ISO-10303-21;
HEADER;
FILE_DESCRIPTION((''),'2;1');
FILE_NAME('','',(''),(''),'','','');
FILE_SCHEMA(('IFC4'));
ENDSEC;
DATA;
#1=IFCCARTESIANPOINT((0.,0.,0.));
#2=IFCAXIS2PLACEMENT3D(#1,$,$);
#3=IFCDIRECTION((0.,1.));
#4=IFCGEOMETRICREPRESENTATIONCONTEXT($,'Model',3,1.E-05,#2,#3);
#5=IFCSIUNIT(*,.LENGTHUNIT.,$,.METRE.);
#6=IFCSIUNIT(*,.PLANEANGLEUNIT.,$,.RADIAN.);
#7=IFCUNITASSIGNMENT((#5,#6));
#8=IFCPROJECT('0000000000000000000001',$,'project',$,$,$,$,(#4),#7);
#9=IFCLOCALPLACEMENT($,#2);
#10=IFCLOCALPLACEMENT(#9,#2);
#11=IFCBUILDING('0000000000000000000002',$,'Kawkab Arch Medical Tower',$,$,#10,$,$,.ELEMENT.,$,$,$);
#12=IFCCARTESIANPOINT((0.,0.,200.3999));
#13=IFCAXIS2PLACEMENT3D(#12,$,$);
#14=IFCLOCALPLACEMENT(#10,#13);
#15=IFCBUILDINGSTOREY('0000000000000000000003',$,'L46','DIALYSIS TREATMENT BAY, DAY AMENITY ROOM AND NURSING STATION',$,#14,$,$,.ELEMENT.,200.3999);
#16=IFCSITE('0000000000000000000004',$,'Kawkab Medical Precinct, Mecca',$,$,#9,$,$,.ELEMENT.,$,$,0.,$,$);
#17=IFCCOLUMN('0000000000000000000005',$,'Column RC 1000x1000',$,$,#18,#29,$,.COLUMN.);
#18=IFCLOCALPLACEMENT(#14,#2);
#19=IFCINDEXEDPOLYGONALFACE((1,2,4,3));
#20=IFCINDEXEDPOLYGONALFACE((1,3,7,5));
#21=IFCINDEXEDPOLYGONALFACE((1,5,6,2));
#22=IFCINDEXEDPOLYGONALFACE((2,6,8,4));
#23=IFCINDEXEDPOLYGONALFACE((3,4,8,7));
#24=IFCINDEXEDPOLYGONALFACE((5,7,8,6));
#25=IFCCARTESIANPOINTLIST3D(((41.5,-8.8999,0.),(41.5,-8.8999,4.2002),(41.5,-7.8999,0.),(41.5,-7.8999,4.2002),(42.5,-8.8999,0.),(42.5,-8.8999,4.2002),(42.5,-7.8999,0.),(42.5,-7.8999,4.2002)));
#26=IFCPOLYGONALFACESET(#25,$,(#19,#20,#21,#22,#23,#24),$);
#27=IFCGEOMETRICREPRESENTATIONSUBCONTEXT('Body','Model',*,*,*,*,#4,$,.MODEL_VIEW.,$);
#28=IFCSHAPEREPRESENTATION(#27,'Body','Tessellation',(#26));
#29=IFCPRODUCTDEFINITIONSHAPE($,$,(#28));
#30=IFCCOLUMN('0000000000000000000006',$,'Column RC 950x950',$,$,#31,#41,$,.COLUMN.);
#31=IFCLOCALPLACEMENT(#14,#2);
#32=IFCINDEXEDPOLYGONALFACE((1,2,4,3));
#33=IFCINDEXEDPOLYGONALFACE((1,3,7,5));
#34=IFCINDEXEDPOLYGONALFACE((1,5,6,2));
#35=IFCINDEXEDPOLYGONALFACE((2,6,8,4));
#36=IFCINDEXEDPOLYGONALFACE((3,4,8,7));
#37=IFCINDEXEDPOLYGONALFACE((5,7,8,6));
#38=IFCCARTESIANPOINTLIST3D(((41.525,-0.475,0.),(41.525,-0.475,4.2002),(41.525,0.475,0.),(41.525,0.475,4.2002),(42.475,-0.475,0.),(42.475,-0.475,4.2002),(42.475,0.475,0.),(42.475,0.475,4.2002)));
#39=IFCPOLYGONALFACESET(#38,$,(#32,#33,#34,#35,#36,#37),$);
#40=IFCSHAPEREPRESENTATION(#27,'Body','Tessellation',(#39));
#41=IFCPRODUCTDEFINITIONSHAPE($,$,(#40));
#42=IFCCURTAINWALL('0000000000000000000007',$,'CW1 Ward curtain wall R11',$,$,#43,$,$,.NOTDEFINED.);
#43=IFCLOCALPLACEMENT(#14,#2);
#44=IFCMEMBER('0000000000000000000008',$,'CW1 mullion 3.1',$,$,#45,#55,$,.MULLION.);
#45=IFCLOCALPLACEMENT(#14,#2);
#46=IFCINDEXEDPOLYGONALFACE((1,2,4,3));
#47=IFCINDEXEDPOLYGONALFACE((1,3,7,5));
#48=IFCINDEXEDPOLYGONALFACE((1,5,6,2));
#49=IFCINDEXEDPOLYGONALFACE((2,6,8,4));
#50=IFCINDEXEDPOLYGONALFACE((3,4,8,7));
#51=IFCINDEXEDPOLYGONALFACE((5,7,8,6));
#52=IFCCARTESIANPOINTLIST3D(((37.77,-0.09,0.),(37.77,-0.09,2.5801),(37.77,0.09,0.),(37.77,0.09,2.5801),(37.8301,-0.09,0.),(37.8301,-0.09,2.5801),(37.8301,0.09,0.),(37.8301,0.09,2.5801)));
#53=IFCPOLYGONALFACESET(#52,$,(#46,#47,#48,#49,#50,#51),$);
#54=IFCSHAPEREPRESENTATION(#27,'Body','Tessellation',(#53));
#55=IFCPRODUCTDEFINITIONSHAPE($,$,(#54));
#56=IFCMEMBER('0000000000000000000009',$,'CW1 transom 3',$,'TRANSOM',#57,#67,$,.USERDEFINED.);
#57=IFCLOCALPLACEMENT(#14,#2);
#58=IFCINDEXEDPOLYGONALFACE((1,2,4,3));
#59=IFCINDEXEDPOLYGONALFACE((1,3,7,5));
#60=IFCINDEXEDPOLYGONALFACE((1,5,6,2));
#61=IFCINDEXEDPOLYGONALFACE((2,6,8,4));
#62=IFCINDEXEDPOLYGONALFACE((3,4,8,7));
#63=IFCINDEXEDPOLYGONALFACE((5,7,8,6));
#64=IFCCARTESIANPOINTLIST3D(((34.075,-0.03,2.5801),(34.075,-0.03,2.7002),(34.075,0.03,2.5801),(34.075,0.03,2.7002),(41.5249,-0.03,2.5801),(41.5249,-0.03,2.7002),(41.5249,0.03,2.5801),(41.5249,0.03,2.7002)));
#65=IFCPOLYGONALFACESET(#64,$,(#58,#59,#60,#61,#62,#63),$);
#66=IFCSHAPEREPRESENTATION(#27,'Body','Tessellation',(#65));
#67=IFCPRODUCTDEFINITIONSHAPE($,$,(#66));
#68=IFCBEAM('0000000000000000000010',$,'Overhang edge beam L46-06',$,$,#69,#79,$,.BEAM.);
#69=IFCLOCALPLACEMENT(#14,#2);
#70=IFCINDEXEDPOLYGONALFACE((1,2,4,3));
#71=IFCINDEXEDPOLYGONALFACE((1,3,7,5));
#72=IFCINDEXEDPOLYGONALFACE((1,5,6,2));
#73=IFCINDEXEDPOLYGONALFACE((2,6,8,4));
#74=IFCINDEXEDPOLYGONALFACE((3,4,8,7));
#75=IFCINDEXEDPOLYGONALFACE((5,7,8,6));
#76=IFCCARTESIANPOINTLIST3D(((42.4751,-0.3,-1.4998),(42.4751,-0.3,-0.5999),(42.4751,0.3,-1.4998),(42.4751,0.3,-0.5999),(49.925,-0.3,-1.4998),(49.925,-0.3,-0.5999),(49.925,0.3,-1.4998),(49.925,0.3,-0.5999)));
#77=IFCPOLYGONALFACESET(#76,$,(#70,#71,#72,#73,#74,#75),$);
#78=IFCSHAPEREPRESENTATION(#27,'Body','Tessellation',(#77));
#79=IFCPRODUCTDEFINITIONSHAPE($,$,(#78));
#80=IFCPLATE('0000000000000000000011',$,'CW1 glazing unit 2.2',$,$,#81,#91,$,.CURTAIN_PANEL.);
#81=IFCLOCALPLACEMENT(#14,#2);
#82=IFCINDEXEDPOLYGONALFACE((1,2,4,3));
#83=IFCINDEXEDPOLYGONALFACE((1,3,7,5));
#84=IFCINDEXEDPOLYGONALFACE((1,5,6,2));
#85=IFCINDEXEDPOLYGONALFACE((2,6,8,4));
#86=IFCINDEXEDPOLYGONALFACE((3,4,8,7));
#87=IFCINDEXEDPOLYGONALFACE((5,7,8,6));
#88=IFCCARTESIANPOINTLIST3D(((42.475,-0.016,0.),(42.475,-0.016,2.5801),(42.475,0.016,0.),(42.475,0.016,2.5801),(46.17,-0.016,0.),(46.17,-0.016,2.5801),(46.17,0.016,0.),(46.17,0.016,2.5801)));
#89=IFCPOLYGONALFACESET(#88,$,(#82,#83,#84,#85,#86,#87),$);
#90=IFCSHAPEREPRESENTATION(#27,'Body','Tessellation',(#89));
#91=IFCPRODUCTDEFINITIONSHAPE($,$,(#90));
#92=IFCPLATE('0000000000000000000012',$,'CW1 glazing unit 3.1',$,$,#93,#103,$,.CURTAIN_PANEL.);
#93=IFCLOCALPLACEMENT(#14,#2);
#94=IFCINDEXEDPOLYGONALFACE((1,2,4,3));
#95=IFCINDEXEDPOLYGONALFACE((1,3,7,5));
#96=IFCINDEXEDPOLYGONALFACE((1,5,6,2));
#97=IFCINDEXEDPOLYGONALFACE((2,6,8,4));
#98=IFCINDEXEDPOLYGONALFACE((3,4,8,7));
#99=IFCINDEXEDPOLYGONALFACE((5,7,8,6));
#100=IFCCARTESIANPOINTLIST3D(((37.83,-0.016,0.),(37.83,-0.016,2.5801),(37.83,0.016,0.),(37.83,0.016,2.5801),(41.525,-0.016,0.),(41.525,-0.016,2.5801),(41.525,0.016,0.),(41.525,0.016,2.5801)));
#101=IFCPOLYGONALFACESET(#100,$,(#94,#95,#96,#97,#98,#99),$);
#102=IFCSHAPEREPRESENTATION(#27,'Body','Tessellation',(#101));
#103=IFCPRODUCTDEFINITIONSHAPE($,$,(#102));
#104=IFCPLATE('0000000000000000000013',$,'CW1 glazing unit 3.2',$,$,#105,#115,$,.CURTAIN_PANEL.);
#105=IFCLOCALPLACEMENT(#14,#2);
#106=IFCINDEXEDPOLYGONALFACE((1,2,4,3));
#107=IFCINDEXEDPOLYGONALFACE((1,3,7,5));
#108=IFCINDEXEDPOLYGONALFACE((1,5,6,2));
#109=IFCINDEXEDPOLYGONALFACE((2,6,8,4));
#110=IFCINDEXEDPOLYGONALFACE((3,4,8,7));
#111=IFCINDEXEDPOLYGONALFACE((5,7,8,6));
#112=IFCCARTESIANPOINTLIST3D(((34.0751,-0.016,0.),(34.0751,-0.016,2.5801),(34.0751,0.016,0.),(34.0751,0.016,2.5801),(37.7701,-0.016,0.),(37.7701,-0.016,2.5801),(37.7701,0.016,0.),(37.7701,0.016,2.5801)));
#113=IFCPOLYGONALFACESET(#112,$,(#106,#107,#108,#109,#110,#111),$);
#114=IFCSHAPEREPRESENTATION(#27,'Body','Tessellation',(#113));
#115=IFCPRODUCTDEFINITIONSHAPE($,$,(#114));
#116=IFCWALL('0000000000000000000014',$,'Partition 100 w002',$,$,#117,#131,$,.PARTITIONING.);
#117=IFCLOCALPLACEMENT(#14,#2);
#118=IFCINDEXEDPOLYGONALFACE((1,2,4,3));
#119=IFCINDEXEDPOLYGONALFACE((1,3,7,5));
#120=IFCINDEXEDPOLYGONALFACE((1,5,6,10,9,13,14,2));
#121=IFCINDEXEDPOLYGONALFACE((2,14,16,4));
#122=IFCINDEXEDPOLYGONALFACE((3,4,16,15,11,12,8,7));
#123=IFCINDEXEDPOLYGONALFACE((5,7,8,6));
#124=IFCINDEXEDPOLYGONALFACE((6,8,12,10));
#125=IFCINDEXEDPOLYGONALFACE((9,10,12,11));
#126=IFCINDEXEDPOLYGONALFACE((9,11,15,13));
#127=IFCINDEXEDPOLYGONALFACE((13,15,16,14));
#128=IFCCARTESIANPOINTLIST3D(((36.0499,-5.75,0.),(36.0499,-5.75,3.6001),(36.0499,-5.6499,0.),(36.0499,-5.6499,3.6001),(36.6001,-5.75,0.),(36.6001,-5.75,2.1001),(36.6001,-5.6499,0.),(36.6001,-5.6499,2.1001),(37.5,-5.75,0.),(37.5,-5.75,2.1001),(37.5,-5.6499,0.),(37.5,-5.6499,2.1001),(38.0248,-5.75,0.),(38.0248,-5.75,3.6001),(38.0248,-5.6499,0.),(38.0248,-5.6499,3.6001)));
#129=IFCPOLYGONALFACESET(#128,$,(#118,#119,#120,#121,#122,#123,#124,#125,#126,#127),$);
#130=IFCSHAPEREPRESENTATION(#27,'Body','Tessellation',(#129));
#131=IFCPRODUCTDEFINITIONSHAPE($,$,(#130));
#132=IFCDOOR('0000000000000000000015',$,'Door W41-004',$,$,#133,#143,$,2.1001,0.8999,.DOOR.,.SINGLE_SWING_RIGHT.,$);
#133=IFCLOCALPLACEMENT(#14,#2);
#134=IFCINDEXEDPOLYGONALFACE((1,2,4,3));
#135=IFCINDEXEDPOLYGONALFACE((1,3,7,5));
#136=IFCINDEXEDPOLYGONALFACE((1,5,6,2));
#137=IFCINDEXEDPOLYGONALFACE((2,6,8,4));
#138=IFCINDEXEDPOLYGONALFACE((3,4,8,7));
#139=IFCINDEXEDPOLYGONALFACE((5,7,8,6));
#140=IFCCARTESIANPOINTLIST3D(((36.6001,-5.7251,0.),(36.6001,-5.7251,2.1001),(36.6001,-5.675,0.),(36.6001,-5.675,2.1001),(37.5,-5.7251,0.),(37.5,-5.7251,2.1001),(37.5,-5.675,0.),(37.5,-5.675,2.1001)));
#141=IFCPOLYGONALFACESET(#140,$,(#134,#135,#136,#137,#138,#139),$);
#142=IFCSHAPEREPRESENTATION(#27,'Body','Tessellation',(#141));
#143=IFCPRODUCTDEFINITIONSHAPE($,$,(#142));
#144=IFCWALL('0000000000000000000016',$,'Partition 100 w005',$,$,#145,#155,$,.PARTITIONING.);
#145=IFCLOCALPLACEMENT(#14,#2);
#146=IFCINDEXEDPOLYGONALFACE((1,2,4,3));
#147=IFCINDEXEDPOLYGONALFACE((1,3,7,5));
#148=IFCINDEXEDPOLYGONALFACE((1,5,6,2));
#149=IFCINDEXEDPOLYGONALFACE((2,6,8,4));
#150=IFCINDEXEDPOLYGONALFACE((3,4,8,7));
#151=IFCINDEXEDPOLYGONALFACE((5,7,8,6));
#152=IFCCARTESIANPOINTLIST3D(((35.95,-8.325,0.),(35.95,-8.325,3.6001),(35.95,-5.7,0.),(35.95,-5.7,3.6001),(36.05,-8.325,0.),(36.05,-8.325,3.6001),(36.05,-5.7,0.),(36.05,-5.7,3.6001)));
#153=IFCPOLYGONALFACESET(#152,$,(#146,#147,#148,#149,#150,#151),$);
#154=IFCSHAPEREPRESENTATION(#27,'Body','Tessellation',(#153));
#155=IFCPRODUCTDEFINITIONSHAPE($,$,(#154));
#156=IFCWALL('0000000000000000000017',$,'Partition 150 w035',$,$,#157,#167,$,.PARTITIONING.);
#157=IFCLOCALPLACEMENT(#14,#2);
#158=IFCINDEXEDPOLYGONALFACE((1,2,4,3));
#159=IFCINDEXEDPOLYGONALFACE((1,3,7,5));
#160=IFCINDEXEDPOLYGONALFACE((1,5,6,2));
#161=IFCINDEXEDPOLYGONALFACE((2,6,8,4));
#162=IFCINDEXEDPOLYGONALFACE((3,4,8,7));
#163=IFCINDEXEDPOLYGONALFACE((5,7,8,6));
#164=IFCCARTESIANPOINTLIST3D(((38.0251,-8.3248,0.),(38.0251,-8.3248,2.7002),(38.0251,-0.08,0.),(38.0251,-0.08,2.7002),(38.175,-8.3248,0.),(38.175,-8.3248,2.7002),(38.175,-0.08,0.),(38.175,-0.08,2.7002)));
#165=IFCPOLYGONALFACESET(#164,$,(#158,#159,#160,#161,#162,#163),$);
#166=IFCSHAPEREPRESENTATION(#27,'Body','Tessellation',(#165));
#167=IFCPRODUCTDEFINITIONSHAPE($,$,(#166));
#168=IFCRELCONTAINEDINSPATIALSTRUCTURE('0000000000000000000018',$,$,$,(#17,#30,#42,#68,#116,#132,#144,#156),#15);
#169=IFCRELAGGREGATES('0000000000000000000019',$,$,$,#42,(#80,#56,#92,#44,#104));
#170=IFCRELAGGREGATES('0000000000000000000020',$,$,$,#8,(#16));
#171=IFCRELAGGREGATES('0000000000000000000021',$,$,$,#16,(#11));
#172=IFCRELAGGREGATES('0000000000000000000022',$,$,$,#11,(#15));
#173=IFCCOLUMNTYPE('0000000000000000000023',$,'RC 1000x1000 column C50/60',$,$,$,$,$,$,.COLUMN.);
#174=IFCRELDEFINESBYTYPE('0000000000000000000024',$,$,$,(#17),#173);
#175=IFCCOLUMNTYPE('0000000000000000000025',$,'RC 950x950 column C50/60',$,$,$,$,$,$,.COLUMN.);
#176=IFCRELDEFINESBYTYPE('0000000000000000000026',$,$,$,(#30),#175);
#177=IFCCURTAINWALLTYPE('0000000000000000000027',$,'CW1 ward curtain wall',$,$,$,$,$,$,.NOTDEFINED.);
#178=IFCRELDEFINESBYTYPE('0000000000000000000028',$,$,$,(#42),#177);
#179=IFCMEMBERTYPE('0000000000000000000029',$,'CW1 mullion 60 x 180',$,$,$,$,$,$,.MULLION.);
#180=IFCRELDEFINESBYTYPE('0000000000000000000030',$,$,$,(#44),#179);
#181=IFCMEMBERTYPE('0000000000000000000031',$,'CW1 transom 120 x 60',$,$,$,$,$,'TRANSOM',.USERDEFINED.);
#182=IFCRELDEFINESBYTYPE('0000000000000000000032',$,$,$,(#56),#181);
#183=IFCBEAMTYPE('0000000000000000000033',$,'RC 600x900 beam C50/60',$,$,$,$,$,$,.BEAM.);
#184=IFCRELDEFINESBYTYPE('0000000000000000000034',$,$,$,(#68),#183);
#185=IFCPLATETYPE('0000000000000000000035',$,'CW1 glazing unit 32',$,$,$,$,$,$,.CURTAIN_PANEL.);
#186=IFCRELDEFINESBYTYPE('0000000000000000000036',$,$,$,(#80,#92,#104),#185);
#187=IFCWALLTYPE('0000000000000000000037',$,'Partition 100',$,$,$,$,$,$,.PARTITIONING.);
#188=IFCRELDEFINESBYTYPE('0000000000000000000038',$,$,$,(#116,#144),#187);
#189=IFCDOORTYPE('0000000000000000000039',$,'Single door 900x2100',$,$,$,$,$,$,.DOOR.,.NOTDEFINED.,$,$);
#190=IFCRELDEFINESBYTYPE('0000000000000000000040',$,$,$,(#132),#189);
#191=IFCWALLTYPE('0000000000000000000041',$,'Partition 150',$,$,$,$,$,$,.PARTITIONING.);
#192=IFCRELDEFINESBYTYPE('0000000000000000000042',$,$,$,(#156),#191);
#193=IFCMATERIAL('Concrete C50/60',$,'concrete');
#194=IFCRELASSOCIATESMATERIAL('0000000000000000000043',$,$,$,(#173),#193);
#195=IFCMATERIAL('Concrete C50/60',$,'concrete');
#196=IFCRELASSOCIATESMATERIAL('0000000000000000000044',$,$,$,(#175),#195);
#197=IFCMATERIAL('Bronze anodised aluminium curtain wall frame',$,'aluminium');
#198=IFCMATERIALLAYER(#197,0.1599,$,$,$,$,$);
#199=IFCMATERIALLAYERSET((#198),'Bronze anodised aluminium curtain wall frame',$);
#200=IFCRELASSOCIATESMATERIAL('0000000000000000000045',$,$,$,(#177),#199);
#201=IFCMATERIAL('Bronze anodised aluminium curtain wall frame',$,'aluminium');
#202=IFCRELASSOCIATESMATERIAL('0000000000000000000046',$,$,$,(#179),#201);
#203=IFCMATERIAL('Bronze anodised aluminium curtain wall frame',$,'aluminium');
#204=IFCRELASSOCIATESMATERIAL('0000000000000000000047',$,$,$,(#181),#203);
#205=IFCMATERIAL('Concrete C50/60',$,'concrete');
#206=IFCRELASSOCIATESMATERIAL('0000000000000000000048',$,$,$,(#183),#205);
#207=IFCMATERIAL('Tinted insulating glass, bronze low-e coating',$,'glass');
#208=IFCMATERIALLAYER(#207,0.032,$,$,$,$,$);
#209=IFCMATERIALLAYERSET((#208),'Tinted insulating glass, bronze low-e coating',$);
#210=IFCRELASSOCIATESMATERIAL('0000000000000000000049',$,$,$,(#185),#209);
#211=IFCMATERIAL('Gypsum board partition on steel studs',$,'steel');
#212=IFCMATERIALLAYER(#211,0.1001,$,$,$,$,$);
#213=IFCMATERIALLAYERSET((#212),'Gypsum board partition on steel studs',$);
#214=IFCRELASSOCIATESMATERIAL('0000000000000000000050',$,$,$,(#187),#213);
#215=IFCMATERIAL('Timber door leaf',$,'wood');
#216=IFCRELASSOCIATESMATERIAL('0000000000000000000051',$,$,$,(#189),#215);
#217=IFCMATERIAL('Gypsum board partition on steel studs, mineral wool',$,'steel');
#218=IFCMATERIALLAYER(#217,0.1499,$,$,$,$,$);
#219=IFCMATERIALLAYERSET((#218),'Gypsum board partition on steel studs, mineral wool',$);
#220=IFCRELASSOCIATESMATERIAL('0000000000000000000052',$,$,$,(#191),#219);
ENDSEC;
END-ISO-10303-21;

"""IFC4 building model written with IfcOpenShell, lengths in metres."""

from ifc_helpers import new_model, si_unit, direction, frame, frame_2d, origin, origin_2d, place, context, subcontext, project, spatial, rectangle, extrude, material, layer, layer_set, material_profile, profile_set, type_object, element, fill, aggregate, save


model = new_model("IFC4")

# Units and contexts
model_context = context("Model", 3, precision=1e-05, world=origin(), true_north=direction((0.0, 1.0)))
body_context = subcontext(model_context, "Body", "Model", "MODEL_VIEW")
ifc_project = project(units=[si_unit("LENGTHUNIT", "METRE"), si_unit("PLANEANGLEUNIT", "RADIAN")], contexts=[model_context])

# Site, building, storey
site_placement = place(None, origin())
site = spatial("IfcSite", under=ifc_project, at=site_placement, Name="Kawkab Medical Precinct, Mecca", CompositionType="ELEMENT", RefElevation=0.0)
building_placement = place(site_placement, origin())
building = spatial("IfcBuilding", under=site, at=building_placement, Name="Kawkab Arch Medical Tower", CompositionType="ELEMENT")
storey_placement = place(building_placement, frame((0.0, 0.0, 200.3999)))
storey = spatial("IfcBuildingStorey", under=building, at=storey_placement, Name="L46", Description="DIALYSIS TREATMENT BAY, DAY AMENITY ROOM AND NURSING STATION", CompositionType="ELEMENT", Elevation=200.3999)

# Columns
ifc_material_1 = material(Name="Concrete C50/60", Category="concrete")
ifc_material_profile_1 = material_profile(ifc_material_1, rectangle(XDim=1.0, YDim=1.0, at=origin_2d()), Name="RC 1000x1000")
ifc_profile_set_1 = profile_set([ifc_material_profile_1], Name="Concrete C50/60")
column_type_1 = type_object("IfcColumnType", Name="RC 1000x1000 column C50/60", PredefinedType="COLUMN", material=ifc_profile_set_1)
column_1_placement = place(storey_placement, frame((42.0, -8.3999, 0.0), z_axis=(0.0, 0.0, 1.0), x_axis=(1.0, 0.0, 0.0)))
element("IfcColumn", 1, at=column_1_placement, inside=storey, type_object=column_type_1, Name="Column RC 1000x1000", PredefinedType="COLUMN", context=body_context, shape_type="SweptSolid", body=[
    extrude(rectangle(XDim=1.0, YDim=1.0, at=origin_2d()), origin(), (0.0, 0.0, 1.0), 4.2002),
])
ifc_material_2 = material(Name="Concrete C50/60", Category="concrete")
ifc_material_profile_2 = material_profile(ifc_material_2, rectangle(XDim=0.95, YDim=0.95, at=origin_2d()), Name="RC 950x950")
ifc_profile_set_2 = profile_set([ifc_material_profile_2], Name="Concrete C50/60")
column_type_2 = type_object("IfcColumnType", Name="RC 950x950 column C50/60", PredefinedType="COLUMN", material=ifc_profile_set_2)
column_2_placement = place(storey_placement, frame((42.0, 0.0, 0.0), z_axis=(0.0, 0.0, 1.0), x_axis=(1.0, 0.0, 0.0)))
element("IfcColumn", 2, at=column_2_placement, inside=storey, type_object=column_type_2, Name="Column RC 950x950", PredefinedType="COLUMN", context=body_context, shape_type="SweptSolid", body=[
    extrude(rectangle(XDim=0.95, YDim=0.95, at=origin_2d()), origin(), (0.0, 0.0, 1.0), 4.2002),
])

# Curtain wall, members
ifc_material_3 = material(Name="Bronze anodised aluminium curtain wall frame", Category="aluminium")
ifc_layer_1 = layer(ifc_material_3, 0.1599)
ifc_layer_set_1 = layer_set([ifc_layer_1], Name="Bronze anodised aluminium curtain wall frame")
curtain_wall_type = type_object("IfcCurtainWallType", Name="CW1 ward curtain wall", PredefinedType="NOTDEFINED", material=ifc_layer_set_1)
placement = place(storey_placement, origin())
curtain_wall = element("IfcCurtainWall", 3, at=placement, inside=storey, type_object=curtain_wall_type, Name="CW1 Ward curtain wall R11", PredefinedType="NOTDEFINED")
ifc_material_4 = material(Name="Bronze anodised aluminium curtain wall frame", Category="aluminium")
ifc_material_profile_3 = material_profile(ifc_material_4, rectangle(XDim=0.1799, YDim=0.0601, at=origin_2d()), Name="AL 60x180")
ifc_profile_set_3 = profile_set([ifc_material_profile_3], Name="Bronze anodised aluminium curtain wall frame")
member_type_1 = type_object("IfcMemberType", Name="CW1 mullion 60 x 180", PredefinedType="MULLION", material=ifc_profile_set_3)
member_1_placement = place(storey_placement, frame((37.8, 0.0, 0.0), z_axis=(0.0, 0.0, 1.0), x_axis=(0.0, -1.0, 0.0)))
member_1 = element("IfcMember", 4, at=member_1_placement, type_object=member_type_1, Name="CW1 mullion 3.1", PredefinedType="MULLION", context=body_context, shape_type="SweptSolid", body=[
    extrude(rectangle(XDim=0.1799, YDim=0.0601, at=origin_2d()), origin(), (0.0, 0.0, 1.0), 2.5801),
])
ifc_material_5 = material(Name="Bronze anodised aluminium curtain wall frame", Category="aluminium")
ifc_material_profile_4 = material_profile(ifc_material_5, rectangle(XDim=0.0601, YDim=0.1201, at=origin_2d()), Name="AL 60x120")
ifc_profile_set_4 = profile_set([ifc_material_profile_4], Name="Bronze anodised aluminium curtain wall frame")
member_type_2 = type_object("IfcMemberType", Name="CW1 transom 120 x 60", ElementType="TRANSOM", PredefinedType="USERDEFINED", material=ifc_profile_set_4)
member_2_placement = place(storey_placement, frame((41.5249, 0.0, 2.6401), z_axis=(-1.0, 0.0, 0.0), x_axis=(0.0, -1.0, 0.0)))
member_2 = element("IfcMember", 5, at=member_2_placement, type_object=member_type_2, Name="CW1 transom 3", ObjectType="TRANSOM", PredefinedType="USERDEFINED", context=body_context, shape_type="SweptSolid", body=[
    extrude(rectangle(XDim=0.0601, YDim=0.1201, at=origin_2d()), origin(), (0.0, 0.0, 1.0), 7.45),
])

# Beam
ifc_material_6 = material(Name="Concrete C50/60", Category="concrete")
ifc_material_profile_5 = material_profile(ifc_material_6, rectangle(XDim=0.6001, YDim=0.8999, at=origin_2d()), Name="RC 600x900")
ifc_profile_set_5 = profile_set([ifc_material_profile_5], Name="Concrete C50/60")
beam_type = type_object("IfcBeamType", Name="RC 600x900 beam C50/60", PredefinedType="BEAM", material=ifc_profile_set_5)
beam_placement = place(storey_placement, frame((42.4751, 0.0, -1.0498), z_axis=(1.0, 0.0, 0.0), x_axis=(0.0, 1.0, 0.0)))
element("IfcBeam", 6, at=beam_placement, inside=storey, type_object=beam_type, Name="Overhang edge beam L46-06", PredefinedType="BEAM", context=body_context, shape_type="SweptSolid", body=[
    extrude(rectangle(XDim=0.6001, YDim=0.8999, at=origin_2d()), origin(), (0.0, 0.0, 1.0), 7.45),
])

# Plates
ifc_material_7 = material(Name="Tinted insulating glass, bronze low-e coating", Category="glass")
ifc_layer_2 = layer(ifc_material_7, 0.032)
ifc_layer_set_2 = layer_set([ifc_layer_2], Name="Tinted insulating glass, bronze low-e coating")
plate_type = type_object("IfcPlateType", Name="CW1 glazing unit 32", PredefinedType="CURTAIN_PANEL", material=ifc_layer_set_2)
plate_1_placement = place(storey_placement, frame((44.3225, 0.0, 0.0), z_axis=(0.0, 0.0, 1.0), x_axis=(-1.0, 0.0, 0.0)))
plate_1 = element("IfcPlate", 7, at=plate_1_placement, type_object=plate_type, Name="CW1 glazing unit 2.2", PredefinedType="CURTAIN_PANEL", context=body_context, shape_type="SweptSolid", body=[
    extrude(rectangle(XDim=3.6951, YDim=0.032, at=origin_2d()), origin(), (0.0, 0.0, 1.0), 2.5801),
])
plate_2_placement = place(storey_placement, frame((39.6775, 0.0, 0.0), z_axis=(0.0, 0.0, 1.0), x_axis=(-1.0, 0.0, 0.0)))
plate_2 = element("IfcPlate", 8, at=plate_2_placement, type_object=plate_type, Name="CW1 glazing unit 3.1", PredefinedType="CURTAIN_PANEL", context=body_context, shape_type="SweptSolid", body=[
    extrude(rectangle(XDim=3.6951, YDim=0.032, at=origin_2d()), origin(), (0.0, 0.0, 1.0), 2.5801),
])
plate_3_placement = place(storey_placement, frame((35.9226, 0.0, 0.0), z_axis=(0.0, 0.0, 1.0), x_axis=(-1.0, 0.0, 0.0)))
plate_3 = element("IfcPlate", 9, at=plate_3_placement, type_object=plate_type, Name="CW1 glazing unit 3.2", PredefinedType="CURTAIN_PANEL", context=body_context, shape_type="SweptSolid", body=[
    extrude(rectangle(XDim=3.6951, YDim=0.032, at=origin_2d()), origin(), (0.0, 0.0, 1.0), 2.5801),
])
aggregate(curtain_wall, [plate_1, member_2, plate_2, member_1, plate_3])

# Wall, opening, door
ifc_material_8 = material(Name="Gypsum board partition on steel studs", Category="steel")
ifc_layer_3 = layer(ifc_material_8, 0.1001)
ifc_layer_set_3 = layer_set([ifc_layer_3], Name="Gypsum board partition on steel studs")
wall_type_1 = type_object("IfcWallType", Name="Partition 100", PredefinedType="PARTITIONING", material=ifc_layer_set_3)
wall_1_placement = place(storey_placement, frame((36.05, -5.7, 0.0), z_axis=(0.0, 0.0, 1.0), x_axis=(1.0, 0.0, 0.0)))
wall_1 = element("IfcWall", 10, at=wall_1_placement, inside=storey, type_object=wall_type_1, Name="Partition 100 w002", PredefinedType="PARTITIONING", context=body_context, shape_type="SweptSolid", body=[
    extrude(rectangle(XDim=1.9749, YDim=0.1001, at=frame_2d((0.9873, 0.0))), origin(), (0.0, 0.0, 1.0), 3.6001),
])
opening_1_placement = place(wall_1_placement, frame((0.55, 0.0, 0.0)))
opening_1 = element("IfcOpeningElement", 11, at=opening_1_placement, cuts=wall_1, PredefinedType="OPENING", context=body_context, shape_type="SweptSolid", body=[
    extrude(rectangle(XDim=0.8999, YDim=2.1001, at=frame_2d((0.45, 1.05))), frame((0.0, 0.0601, 0.0), z_axis=(0.0, -1.0, 0.0), x_axis=(1.0, 0.0, 0.0)), (0.0, 0.0, 1.0), 0.1201),
])
ifc_material_9 = material(Name="Timber door leaf", Category="wood")
door_type_1 = type_object("IfcDoorType", Name="Single door 900x2100", OperationType="NOTDEFINED", PredefinedType="DOOR", material=ifc_material_9)
door_1_placement = place(opening_1_placement, origin())
door_1 = element("IfcDoor", 12, at=door_1_placement, inside=storey, type_object=door_type_1, Name="Door W41-004", OperationType="SINGLE_SWING_RIGHT", OverallHeight=2.1001, OverallWidth=0.8999, PredefinedType="DOOR", context=body_context, shape_type="SweptSolid", body=[
    extrude(rectangle(XDim=0.8999, YDim=2.1001, at=frame_2d((0.45, 1.05))), frame((0.0, 0.0249, 0.0), z_axis=(0.0, -1.0, 0.0), x_axis=(1.0, 0.0, 0.0)), (0.0, 0.0, 1.0), 0.05),
])
fill(opening_1, door_1)

# Walls
wall_2_placement = place(storey_placement, frame((36.0, -8.325, 0.0), z_axis=(0.0, 0.0, 1.0), x_axis=(0.0, 1.0, 0.0)))
element("IfcWall", 13, at=wall_2_placement, inside=storey, type_object=wall_type_1, Name="Partition 100 w005", PredefinedType="PARTITIONING", context=body_context, shape_type="SweptSolid", body=[
    extrude(rectangle(XDim=2.625, YDim=0.1001, at=frame_2d((1.3125, 0.0))), origin(), (0.0, 0.0, 1.0), 3.6001),
])
ifc_material_10 = material(Name="Gypsum board partition on steel studs, mineral wool", Category="steel")
ifc_layer_4 = layer(ifc_material_10, 0.1499)
ifc_layer_set_4 = layer_set([ifc_layer_4], Name="Gypsum board partition on steel studs, mineral wool")
wall_type_2 = type_object("IfcWallType", Name="Partition 150", PredefinedType="PARTITIONING", material=ifc_layer_set_4)
wall_3_placement = place(storey_placement, frame((38.1001, -8.325, 0.0), z_axis=(0.0, 0.0, 1.0), x_axis=(0.0, 1.0, 0.0)))
element("IfcWall", 14, at=wall_3_placement, inside=storey, type_object=wall_type_2, Name="Partition 150 w035", PredefinedType="PARTITIONING", context=body_context, shape_type="SweptSolid", body=[
    extrude(rectangle(XDim=8.2449, YDim=0.1499, at=frame_2d((4.1226, 0.0))), origin(), (0.0, 0.0, 1.0), 2.7002),
])

save(model, "model.ifc")
